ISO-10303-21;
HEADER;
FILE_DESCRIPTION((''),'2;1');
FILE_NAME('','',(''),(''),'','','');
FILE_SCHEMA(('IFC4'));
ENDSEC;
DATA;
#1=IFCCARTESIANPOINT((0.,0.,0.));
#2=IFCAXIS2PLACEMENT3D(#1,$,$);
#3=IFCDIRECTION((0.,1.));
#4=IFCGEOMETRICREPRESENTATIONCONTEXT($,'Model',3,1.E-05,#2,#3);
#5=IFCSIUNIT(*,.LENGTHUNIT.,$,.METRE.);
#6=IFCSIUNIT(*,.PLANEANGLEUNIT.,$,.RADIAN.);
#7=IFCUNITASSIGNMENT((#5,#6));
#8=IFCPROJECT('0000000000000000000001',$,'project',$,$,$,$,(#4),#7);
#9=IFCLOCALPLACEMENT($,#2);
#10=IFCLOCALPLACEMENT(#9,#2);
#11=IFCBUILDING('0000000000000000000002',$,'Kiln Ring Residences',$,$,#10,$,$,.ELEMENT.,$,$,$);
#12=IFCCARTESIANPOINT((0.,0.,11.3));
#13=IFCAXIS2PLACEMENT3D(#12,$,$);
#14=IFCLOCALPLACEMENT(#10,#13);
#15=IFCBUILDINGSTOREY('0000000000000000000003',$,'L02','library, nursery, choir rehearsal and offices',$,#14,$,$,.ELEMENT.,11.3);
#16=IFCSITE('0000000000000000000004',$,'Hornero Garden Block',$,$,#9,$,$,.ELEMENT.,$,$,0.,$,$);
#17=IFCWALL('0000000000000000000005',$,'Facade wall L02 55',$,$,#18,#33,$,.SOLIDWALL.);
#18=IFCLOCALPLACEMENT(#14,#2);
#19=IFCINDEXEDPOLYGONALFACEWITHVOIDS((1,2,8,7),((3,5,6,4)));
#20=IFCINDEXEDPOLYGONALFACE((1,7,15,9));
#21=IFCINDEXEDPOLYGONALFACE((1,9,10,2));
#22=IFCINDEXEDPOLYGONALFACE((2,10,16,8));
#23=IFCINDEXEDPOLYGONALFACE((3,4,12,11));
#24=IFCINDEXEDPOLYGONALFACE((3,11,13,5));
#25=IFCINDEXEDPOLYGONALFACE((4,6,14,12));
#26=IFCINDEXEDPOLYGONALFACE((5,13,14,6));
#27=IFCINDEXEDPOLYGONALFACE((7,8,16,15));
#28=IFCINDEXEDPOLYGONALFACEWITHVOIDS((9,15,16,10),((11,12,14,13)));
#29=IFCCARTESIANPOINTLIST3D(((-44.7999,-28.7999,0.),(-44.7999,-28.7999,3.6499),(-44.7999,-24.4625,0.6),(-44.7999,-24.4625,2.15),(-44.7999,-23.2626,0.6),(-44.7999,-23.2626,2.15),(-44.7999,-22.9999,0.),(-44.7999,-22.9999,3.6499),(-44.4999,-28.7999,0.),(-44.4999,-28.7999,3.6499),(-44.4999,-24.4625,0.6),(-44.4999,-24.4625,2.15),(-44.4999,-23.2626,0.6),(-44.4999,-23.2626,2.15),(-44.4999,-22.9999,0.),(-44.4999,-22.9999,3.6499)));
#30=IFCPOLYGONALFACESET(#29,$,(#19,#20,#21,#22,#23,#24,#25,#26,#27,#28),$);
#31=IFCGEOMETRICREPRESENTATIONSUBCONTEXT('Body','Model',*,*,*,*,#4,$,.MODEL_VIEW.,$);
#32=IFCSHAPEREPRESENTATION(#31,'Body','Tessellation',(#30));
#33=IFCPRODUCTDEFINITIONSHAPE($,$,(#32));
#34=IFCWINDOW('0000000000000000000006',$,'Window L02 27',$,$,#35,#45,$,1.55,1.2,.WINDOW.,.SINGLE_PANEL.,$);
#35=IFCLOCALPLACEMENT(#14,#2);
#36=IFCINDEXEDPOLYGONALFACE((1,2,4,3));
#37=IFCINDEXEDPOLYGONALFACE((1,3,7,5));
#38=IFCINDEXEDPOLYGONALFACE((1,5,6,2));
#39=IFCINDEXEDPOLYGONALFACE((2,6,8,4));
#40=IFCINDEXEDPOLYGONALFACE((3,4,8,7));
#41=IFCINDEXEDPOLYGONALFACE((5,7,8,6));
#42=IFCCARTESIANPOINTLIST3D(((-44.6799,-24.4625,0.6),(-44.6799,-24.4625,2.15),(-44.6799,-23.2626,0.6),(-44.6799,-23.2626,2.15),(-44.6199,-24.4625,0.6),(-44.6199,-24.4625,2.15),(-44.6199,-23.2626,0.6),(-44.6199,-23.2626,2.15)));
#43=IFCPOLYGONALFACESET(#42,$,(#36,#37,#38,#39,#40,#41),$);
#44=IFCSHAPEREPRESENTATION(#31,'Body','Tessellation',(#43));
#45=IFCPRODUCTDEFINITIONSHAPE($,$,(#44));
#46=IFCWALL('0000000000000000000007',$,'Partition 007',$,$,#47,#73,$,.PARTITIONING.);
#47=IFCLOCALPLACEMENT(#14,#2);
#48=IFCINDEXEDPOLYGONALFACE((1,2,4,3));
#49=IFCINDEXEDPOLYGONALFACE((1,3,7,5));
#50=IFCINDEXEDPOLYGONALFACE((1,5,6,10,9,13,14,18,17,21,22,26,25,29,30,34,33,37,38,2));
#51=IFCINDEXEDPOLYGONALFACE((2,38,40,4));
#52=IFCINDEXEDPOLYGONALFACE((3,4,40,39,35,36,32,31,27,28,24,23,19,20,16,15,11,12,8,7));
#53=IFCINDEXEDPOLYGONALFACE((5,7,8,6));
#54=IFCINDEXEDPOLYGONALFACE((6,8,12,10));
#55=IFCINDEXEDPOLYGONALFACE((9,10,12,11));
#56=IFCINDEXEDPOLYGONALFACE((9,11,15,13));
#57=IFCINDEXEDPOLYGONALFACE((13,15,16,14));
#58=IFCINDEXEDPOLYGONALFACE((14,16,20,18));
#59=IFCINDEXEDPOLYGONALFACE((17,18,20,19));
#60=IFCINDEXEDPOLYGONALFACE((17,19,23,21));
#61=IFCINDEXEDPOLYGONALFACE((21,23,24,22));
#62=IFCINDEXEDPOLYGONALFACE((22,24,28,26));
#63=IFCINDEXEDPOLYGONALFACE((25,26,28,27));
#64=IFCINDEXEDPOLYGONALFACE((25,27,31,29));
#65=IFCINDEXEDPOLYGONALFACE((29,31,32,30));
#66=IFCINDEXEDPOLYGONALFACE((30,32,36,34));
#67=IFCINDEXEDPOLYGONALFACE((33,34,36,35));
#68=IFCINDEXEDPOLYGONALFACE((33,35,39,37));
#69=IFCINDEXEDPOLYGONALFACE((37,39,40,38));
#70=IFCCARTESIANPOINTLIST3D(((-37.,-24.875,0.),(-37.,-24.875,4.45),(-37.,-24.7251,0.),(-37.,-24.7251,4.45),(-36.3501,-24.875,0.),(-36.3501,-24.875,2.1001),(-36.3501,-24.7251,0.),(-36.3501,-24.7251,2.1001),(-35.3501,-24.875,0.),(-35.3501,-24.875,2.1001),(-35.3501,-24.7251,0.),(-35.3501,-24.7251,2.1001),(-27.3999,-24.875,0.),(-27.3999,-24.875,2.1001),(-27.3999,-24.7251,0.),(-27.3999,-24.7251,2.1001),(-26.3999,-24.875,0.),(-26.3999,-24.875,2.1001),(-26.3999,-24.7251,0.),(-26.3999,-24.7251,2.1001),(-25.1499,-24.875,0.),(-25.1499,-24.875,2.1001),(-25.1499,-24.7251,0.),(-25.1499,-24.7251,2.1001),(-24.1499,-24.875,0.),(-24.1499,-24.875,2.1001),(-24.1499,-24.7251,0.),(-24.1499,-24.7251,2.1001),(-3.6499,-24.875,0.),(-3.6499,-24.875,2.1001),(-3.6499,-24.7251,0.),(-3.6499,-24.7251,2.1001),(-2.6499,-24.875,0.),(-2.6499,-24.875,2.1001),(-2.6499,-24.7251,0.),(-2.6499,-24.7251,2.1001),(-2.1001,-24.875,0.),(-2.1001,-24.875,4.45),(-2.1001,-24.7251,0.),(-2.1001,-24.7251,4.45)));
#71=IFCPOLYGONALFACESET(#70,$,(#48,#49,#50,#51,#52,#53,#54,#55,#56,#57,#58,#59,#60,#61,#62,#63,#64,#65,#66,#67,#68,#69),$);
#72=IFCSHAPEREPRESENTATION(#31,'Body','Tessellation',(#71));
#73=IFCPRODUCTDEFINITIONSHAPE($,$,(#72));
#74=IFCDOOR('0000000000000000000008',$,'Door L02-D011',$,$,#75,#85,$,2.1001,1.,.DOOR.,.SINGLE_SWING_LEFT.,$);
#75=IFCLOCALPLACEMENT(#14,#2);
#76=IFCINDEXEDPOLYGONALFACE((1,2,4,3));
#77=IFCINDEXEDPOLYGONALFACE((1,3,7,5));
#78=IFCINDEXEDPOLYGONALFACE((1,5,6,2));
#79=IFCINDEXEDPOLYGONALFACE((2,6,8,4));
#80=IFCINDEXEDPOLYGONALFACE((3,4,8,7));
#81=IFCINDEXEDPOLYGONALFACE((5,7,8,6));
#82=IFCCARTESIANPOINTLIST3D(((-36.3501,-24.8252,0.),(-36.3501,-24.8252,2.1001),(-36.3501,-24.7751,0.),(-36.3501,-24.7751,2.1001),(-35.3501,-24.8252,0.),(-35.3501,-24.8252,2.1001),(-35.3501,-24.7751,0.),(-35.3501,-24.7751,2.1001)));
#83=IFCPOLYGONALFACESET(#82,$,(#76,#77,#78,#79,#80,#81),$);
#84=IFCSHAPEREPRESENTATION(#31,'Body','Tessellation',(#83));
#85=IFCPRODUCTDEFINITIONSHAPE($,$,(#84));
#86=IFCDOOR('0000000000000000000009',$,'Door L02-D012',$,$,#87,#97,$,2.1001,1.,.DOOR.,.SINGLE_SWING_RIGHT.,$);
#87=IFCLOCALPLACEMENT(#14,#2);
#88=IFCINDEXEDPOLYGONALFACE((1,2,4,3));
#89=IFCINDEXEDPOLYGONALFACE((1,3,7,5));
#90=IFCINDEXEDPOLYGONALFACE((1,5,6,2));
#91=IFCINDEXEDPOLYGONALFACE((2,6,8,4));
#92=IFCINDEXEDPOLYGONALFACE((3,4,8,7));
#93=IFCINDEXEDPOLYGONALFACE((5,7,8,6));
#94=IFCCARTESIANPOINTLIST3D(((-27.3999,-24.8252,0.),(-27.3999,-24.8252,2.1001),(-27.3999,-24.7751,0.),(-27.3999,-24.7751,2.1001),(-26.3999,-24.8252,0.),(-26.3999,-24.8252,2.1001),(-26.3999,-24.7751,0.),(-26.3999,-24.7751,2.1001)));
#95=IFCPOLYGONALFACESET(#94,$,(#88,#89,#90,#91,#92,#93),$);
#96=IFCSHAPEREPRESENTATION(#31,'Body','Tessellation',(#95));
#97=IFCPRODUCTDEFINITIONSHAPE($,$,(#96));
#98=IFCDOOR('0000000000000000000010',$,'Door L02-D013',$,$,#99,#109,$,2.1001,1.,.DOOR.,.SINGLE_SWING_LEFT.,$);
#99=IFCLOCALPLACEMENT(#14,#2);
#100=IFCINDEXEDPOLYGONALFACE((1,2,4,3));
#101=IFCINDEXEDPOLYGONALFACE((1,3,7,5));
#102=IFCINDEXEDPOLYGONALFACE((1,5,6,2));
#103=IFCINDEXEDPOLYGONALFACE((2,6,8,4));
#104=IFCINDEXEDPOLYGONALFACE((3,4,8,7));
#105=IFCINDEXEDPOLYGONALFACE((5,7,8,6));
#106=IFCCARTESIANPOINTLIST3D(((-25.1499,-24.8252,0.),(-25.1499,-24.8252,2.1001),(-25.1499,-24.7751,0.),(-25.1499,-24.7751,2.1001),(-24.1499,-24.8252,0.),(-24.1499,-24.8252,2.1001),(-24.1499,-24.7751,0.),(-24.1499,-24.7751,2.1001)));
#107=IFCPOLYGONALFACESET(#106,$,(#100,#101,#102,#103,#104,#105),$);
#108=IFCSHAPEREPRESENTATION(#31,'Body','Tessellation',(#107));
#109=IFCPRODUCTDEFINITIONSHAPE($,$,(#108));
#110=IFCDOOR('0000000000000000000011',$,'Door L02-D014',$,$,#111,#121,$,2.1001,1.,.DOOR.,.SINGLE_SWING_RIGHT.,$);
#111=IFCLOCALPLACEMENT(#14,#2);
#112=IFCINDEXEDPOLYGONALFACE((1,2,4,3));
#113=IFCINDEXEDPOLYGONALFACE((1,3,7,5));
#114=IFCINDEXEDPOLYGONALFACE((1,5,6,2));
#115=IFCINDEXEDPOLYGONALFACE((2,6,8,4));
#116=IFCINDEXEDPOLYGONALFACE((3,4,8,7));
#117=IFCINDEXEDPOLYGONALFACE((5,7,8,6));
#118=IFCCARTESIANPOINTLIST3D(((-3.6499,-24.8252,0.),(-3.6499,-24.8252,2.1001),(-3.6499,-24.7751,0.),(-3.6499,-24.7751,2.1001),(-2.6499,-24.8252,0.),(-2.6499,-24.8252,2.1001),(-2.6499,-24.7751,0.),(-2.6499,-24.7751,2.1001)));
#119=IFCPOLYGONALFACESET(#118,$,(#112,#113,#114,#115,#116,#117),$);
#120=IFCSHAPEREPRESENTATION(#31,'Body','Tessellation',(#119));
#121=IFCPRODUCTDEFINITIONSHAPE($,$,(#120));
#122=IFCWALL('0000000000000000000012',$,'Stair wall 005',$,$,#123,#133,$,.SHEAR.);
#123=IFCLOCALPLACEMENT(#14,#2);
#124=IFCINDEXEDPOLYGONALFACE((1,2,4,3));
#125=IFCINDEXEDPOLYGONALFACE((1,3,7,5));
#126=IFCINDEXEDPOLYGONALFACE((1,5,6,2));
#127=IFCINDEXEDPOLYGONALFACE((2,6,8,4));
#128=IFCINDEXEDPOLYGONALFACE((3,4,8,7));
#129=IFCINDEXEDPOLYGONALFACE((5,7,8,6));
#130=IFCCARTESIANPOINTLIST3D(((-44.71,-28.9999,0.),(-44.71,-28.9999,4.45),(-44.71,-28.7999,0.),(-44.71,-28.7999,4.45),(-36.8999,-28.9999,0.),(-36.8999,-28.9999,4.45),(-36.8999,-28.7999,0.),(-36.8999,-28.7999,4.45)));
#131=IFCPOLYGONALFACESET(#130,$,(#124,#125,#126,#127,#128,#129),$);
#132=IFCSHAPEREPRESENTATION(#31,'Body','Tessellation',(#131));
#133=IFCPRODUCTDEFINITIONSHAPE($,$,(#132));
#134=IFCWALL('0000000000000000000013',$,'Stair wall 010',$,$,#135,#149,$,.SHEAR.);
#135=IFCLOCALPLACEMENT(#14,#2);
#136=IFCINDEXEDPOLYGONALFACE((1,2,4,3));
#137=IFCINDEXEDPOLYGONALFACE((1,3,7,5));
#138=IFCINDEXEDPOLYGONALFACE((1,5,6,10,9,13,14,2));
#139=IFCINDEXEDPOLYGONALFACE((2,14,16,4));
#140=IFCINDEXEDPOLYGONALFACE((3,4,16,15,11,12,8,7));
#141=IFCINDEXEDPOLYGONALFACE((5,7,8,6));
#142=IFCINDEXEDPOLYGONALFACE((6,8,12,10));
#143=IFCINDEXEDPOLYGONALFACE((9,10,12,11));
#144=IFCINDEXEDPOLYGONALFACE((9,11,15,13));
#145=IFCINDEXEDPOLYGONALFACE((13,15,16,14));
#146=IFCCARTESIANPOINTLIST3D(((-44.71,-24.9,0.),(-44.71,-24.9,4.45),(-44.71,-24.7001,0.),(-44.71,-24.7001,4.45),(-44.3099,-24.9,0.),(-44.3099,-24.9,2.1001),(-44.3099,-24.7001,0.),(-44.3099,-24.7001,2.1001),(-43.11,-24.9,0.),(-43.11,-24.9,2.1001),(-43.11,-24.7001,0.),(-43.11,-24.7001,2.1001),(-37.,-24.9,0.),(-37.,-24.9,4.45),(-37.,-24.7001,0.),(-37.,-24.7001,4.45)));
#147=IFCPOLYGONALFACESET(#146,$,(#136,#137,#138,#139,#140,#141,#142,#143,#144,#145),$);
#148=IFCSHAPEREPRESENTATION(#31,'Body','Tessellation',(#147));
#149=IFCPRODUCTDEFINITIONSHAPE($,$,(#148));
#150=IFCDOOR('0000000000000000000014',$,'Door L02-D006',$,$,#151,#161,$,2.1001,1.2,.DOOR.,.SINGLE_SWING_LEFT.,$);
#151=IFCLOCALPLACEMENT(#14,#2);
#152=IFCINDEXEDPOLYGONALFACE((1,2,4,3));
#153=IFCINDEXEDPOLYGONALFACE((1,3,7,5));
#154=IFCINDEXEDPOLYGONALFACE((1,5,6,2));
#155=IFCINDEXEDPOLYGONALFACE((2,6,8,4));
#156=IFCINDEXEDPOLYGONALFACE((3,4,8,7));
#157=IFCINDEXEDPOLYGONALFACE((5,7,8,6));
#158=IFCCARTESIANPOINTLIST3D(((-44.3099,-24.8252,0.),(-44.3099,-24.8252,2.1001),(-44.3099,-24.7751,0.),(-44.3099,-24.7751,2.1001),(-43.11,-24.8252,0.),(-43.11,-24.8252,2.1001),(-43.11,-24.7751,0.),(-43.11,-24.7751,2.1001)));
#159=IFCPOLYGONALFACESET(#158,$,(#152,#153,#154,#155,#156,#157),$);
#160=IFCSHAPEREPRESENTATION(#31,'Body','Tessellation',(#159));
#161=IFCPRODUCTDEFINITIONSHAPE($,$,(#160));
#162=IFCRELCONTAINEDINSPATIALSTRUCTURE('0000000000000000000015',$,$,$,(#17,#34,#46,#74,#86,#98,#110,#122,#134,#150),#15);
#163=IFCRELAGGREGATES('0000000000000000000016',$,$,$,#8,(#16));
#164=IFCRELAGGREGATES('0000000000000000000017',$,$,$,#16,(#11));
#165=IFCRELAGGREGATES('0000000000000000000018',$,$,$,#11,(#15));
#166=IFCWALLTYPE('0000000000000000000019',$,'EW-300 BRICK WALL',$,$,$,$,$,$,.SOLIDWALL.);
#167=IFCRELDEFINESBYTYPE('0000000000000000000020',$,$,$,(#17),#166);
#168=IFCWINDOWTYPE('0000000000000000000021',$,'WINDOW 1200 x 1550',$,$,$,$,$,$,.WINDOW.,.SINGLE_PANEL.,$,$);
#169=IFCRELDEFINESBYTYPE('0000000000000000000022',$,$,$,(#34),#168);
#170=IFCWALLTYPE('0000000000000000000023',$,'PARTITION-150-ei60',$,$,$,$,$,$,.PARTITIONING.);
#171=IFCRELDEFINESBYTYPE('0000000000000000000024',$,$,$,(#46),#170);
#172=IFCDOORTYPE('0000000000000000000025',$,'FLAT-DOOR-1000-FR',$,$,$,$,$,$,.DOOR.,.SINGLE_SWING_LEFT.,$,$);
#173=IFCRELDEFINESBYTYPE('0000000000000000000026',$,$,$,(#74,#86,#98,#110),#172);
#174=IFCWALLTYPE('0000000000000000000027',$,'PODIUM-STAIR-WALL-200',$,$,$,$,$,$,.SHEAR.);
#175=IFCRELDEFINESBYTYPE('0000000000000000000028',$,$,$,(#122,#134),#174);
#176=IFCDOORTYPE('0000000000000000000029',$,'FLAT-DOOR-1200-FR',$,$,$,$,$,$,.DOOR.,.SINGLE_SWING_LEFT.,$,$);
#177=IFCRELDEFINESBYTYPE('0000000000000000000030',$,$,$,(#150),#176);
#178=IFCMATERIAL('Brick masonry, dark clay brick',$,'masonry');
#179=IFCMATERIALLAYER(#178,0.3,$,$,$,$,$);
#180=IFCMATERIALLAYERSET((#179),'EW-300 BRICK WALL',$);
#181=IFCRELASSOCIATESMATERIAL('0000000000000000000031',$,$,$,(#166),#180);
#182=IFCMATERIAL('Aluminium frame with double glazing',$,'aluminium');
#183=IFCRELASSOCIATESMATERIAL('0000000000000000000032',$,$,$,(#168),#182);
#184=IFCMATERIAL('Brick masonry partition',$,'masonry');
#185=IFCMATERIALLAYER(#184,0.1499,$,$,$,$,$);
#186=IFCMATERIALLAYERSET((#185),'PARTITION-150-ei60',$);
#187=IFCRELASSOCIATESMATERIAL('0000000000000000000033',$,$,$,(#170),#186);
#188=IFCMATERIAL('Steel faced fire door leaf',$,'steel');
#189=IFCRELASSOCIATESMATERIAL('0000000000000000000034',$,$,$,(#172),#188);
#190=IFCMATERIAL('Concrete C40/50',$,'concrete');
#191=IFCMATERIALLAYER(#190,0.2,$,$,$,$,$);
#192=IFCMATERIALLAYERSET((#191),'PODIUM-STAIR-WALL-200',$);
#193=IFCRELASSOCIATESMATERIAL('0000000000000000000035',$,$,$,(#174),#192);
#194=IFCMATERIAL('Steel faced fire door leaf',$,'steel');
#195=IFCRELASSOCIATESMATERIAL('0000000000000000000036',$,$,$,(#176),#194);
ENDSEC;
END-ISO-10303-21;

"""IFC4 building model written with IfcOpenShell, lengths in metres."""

from ifc_helpers import new_model, si_unit, direction, frame, frame_2d, origin, place, context, subcontext, project, spatial, rectangle, extrude, material, layer, layer_set, type_object, element, fill, save


model = new_model("IFC4")

# Units and contexts
model_context = context("Model", 3, precision=1e-05, world=origin(), true_north=direction((0.0, 1.0)))
body_context = subcontext(model_context, "Body", "Model", "MODEL_VIEW")
ifc_project = project(units=[si_unit("LENGTHUNIT", "METRE"), si_unit("PLANEANGLEUNIT", "RADIAN")], contexts=[model_context])

# Site, building, storey
site_placement = place(None, origin())
site = spatial("IfcSite", under=ifc_project, at=site_placement, Name="Hornero Garden Block", CompositionType="ELEMENT", RefElevation=0.0)
building_placement = place(site_placement, origin())
building = spatial("IfcBuilding", under=site, at=building_placement, Name="Kiln Ring Residences", CompositionType="ELEMENT")
storey_placement = place(building_placement, frame((0.0, 0.0, 11.3)))
storey = spatial("IfcBuildingStorey", under=building, at=storey_placement, Name="L02", Description="library, nursery, choir rehearsal and offices", CompositionType="ELEMENT", Elevation=11.3)

# Wall, opening, window
ifc_material_1 = material(Name="Brick masonry, dark clay brick", Category="masonry")
ifc_layer_1 = layer(ifc_material_1, 0.3)
ifc_layer_set_1 = layer_set([ifc_layer_1], Name="EW-300 BRICK WALL")
wall_type_1 = type_object("IfcWallType", Name="EW-300 BRICK WALL", PredefinedType="SOLIDWALL", material=ifc_layer_set_1)
wall_1_placement = place(storey_placement, frame((-44.6499, -23.0, 0.0), z_axis=(0.0, 0.0, 1.0), x_axis=(0.0, -1.0, 0.0)))
wall_1 = element("IfcWall", 1, at=wall_1_placement, inside=storey, type_object=wall_type_1, Name="Facade wall L02 55", PredefinedType="SOLIDWALL", context=body_context, shape_type="SweptSolid", body=[
    extrude(rectangle(XDim=5.8, YDim=0.3, at=frame_2d((2.8999, 0.0))), origin(), (0.0, 0.0, 1.0), 3.6499),
])
opening_1_placement = place(wall_1_placement, frame((0.2625, 0.0, 0.6001)))
opening_1 = element("IfcOpeningElement", 2, at=opening_1_placement, cuts=wall_1, PredefinedType="OPENING", context=body_context, shape_type="SweptSolid", body=[
    extrude(rectangle(XDim=1.2, YDim=1.55, at=frame_2d((0.6001, 0.7749))), frame((0.0, 0.1599, 0.0), z_axis=(0.0, -1.0, 0.0), x_axis=(1.0, 0.0, 0.0)), (0.0, 0.0, 1.0), 0.3201),
])
ifc_material_2 = material(Name="Aluminium frame with double glazing", Category="aluminium")
window_type_1 = type_object("IfcWindowType", Name="WINDOW 1200 x 1550", PartitioningType="SINGLE_PANEL", PredefinedType="WINDOW", material=ifc_material_2)
window_1_placement = place(opening_1_placement, origin())
window_1 = element("IfcWindow", 3, at=window_1_placement, inside=storey, type_object=window_type_1, Name="Window L02 27", OverallHeight=1.55, OverallWidth=1.2, PartitioningType="SINGLE_PANEL", PredefinedType="WINDOW", context=body_context, shape_type="SweptSolid", body=[
    extrude(rectangle(XDim=1.2, YDim=1.55, at=frame_2d((0.6001, 0.7749))), frame((0.0, 0.03, 0.0), z_axis=(0.0, -1.0, 0.0), x_axis=(1.0, 0.0, 0.0)), (0.0, 0.0, 1.0), 0.0601),
])
fill(opening_1, window_1)

# Wall, openings, doors
ifc_material_3 = material(Name="Brick masonry partition", Category="masonry")
ifc_layer_2 = layer(ifc_material_3, 0.1499)
ifc_layer_set_2 = layer_set([ifc_layer_2], Name="PARTITION-150-ei60")
wall_type_2 = type_object("IfcWallType", Name="PARTITION-150-ei60", PredefinedType="PARTITIONING", material=ifc_layer_set_2)
wall_2_placement = place(storey_placement, frame((-37.0, -24.8, 0.0), z_axis=(0.0, 0.0, 1.0), x_axis=(1.0, 0.0, 0.0)))
wall_2 = element("IfcWall", 4, at=wall_2_placement, inside=storey, type_object=wall_type_2, Name="Partition 007", PredefinedType="PARTITIONING", context=body_context, shape_type="SweptSolid", body=[
    extrude(rectangle(XDim=34.8999, YDim=0.1499, at=frame_2d((17.45, 0.0))), origin(), (0.0, 0.0, 1.0), 4.45),
])
opening_2_placement = place(wall_2_placement, frame((0.6499, 0.0, 0.0)))
opening_2 = element("IfcOpeningElement", 5, at=opening_2_placement, cuts=wall_2, PredefinedType="OPENING", context=body_context, shape_type="SweptSolid", body=[
    extrude(rectangle(XDim=1.0, YDim=2.1001, at=frame_2d((0.5, 1.05))), frame((0.0, 0.085, 0.0), z_axis=(0.0, -1.0, 0.0), x_axis=(1.0, 0.0, 0.0)), (0.0, 0.0, 1.0), 0.1699),
])
opening_3_placement = place(wall_2_placement, frame((9.6001, 0.0, 0.0)))
opening_3 = element("IfcOpeningElement", 6, at=opening_3_placement, cuts=wall_2, PredefinedType="OPENING", context=body_context, shape_type="SweptSolid", body=[
    extrude(rectangle(XDim=1.0, YDim=2.1001, at=frame_2d((0.5, 1.05))), frame((0.0, 0.085, 0.0), z_axis=(0.0, -1.0, 0.0), x_axis=(1.0, 0.0, 0.0)), (0.0, 0.0, 1.0), 0.1699),
])
opening_4_placement = place(wall_2_placement, frame((11.8501, 0.0, 0.0)))
opening_4 = element("IfcOpeningElement", 7, at=opening_4_placement, cuts=wall_2, PredefinedType="OPENING", context=body_context, shape_type="SweptSolid", body=[
    extrude(rectangle(XDim=1.0, YDim=2.1001, at=frame_2d((0.5, 1.05))), frame((0.0, 0.085, 0.0), z_axis=(0.0, -1.0, 0.0), x_axis=(1.0, 0.0, 0.0)), (0.0, 0.0, 1.0), 0.1699),
])
opening_5_placement = place(wall_2_placement, frame((33.3501, 0.0, 0.0)))
opening_5 = element("IfcOpeningElement", 8, at=opening_5_placement, cuts=wall_2, PredefinedType="OPENING", context=body_context, shape_type="SweptSolid", body=[
    extrude(rectangle(XDim=1.0, YDim=2.1001, at=frame_2d((0.5, 1.05))), frame((0.0, 0.085, 0.0), z_axis=(0.0, -1.0, 0.0), x_axis=(1.0, 0.0, 0.0)), (0.0, 0.0, 1.0), 0.1699),
])
ifc_material_4 = material(Name="Steel faced fire door leaf", Category="steel")
door_type_1 = type_object("IfcDoorType", Name="FLAT-DOOR-1000-FR", OperationType="SINGLE_SWING_LEFT", PredefinedType="DOOR", material=ifc_material_4)
door_1_placement = place(opening_2_placement, origin())
door_1 = element("IfcDoor", 9, at=door_1_placement, inside=storey, type_object=door_type_1, Name="Door L02-D011", OperationType="SINGLE_SWING_LEFT", OverallHeight=2.1001, OverallWidth=1.0, PredefinedType="DOOR", context=body_context, shape_type="SweptSolid", body=[
    extrude(rectangle(XDim=1.0, YDim=2.1001, at=frame_2d((0.5, 1.05))), frame((0.0, 0.0249, 0.0), z_axis=(0.0, -1.0, 0.0), x_axis=(1.0, 0.0, 0.0)), (0.0, 0.0, 1.0), 0.05),
])
fill(opening_2, door_1)
door_2_placement = place(opening_3_placement, origin())
door_2 = element("IfcDoor", 10, at=door_2_placement, inside=storey, type_object=door_type_1, Name="Door L02-D012", OperationType="SINGLE_SWING_RIGHT", OverallHeight=2.1001, OverallWidth=1.0, PredefinedType="DOOR", context=body_context, shape_type="SweptSolid", body=[
    extrude(rectangle(XDim=1.0, YDim=2.1001, at=frame_2d((0.5, 1.05))), frame((0.0, 0.0249, 0.0), z_axis=(0.0, -1.0, 0.0), x_axis=(1.0, 0.0, 0.0)), (0.0, 0.0, 1.0), 0.05),
])
fill(opening_3, door_2)
door_3_placement = place(opening_4_placement, origin())
door_3 = element("IfcDoor", 11, at=door_3_placement, inside=storey, type_object=door_type_1, Name="Door L02-D013", OperationType="SINGLE_SWING_LEFT", OverallHeight=2.1001, OverallWidth=1.0, PredefinedType="DOOR", context=body_context, shape_type="SweptSolid", body=[
    extrude(rectangle(XDim=1.0, YDim=2.1001, at=frame_2d((0.5, 1.05))), frame((0.0, 0.0249, 0.0), z_axis=(0.0, -1.0, 0.0), x_axis=(1.0, 0.0, 0.0)), (0.0, 0.0, 1.0), 0.05),
])
fill(opening_4, door_3)
door_4_placement = place(opening_5_placement, origin())
door_4 = element("IfcDoor", 12, at=door_4_placement, inside=storey, type_object=door_type_1, Name="Door L02-D014", OperationType="SINGLE_SWING_RIGHT", OverallHeight=2.1001, OverallWidth=1.0, PredefinedType="DOOR", context=body_context, shape_type="SweptSolid", body=[
    extrude(rectangle(XDim=1.0, YDim=2.1001, at=frame_2d((0.5, 1.05))), frame((0.0, 0.0249, 0.0), z_axis=(0.0, -1.0, 0.0), x_axis=(1.0, 0.0, 0.0)), (0.0, 0.0, 1.0), 0.05),
])
fill(opening_5, door_4)

# Wall
ifc_material_5 = material(Name="Concrete C40/50", Category="concrete")
ifc_layer_3 = layer(ifc_material_5, 0.2)
ifc_layer_set_3 = layer_set([ifc_layer_3], Name="PODIUM-STAIR-WALL-200")
wall_type_3 = type_object("IfcWallType", Name="PODIUM-STAIR-WALL-200", PredefinedType="SHEAR", material=ifc_layer_set_3)
wall_3_placement = place(storey_placement, frame((-44.71, -28.8999, 0.0), z_axis=(0.0, 0.0, 1.0), x_axis=(1.0, 0.0, 0.0)))
element("IfcWall", 13, at=wall_3_placement, inside=storey, type_object=wall_type_3, Name="Stair wall 005", PredefinedType="SHEAR", context=body_context, shape_type="SweptSolid", body=[
    extrude(rectangle(XDim=7.8101, YDim=0.2, at=frame_2d((3.905, 0.0))), origin(), (0.0, 0.0, 1.0), 4.45),
])

# Wall, opening, door
wall_4_placement = place(storey_placement, frame((-44.71, -24.8, 0.0), z_axis=(0.0, 0.0, 1.0), x_axis=(1.0, 0.0, 0.0)))
wall_4 = element("IfcWall", 14, at=wall_4_placement, inside=storey, type_object=wall_type_3, Name="Stair wall 010", PredefinedType="SHEAR", context=body_context, shape_type="SweptSolid", body=[
    extrude(rectangle(XDim=7.71, YDim=0.2, at=frame_2d((3.855, 0.0))), origin(), (0.0, 0.0, 1.0), 4.45),
])
opening_6_placement = place(wall_4_placement, frame((0.3999, 0.0, 0.0)))
opening_6 = element("IfcOpeningElement", 15, at=opening_6_placement, cuts=wall_4, PredefinedType="OPENING", context=body_context, shape_type="SweptSolid", body=[
    extrude(rectangle(XDim=1.2, YDim=2.1001, at=frame_2d((0.6001, 1.05))), frame((0.0, 0.1099, 0.0), z_axis=(0.0, -1.0, 0.0), x_axis=(1.0, 0.0, 0.0)), (0.0, 0.0, 1.0), 0.22),
])
ifc_material_6 = material(Name="Steel faced fire door leaf", Category="steel")
door_type_2 = type_object("IfcDoorType", Name="FLAT-DOOR-1200-FR", OperationType="SINGLE_SWING_LEFT", PredefinedType="DOOR", material=ifc_material_6)
door_5_placement = place(opening_6_placement, origin())
door_5 = element("IfcDoor", 16, at=door_5_placement, inside=storey, type_object=door_type_2, Name="Door L02-D006", OperationType="SINGLE_SWING_LEFT", OverallHeight=2.1001, OverallWidth=1.2, PredefinedType="DOOR", context=body_context, shape_type="SweptSolid", body=[
    extrude(rectangle(XDim=1.2, YDim=2.1001, at=frame_2d((0.6001, 1.05))), frame((0.0, 0.0249, 0.0), z_axis=(0.0, -1.0, 0.0), x_axis=(1.0, 0.0, 0.0)), (0.0, 0.0, 1.0), 0.05),
])
fill(opening_6, door_5)

save(model, "model.ifc")
